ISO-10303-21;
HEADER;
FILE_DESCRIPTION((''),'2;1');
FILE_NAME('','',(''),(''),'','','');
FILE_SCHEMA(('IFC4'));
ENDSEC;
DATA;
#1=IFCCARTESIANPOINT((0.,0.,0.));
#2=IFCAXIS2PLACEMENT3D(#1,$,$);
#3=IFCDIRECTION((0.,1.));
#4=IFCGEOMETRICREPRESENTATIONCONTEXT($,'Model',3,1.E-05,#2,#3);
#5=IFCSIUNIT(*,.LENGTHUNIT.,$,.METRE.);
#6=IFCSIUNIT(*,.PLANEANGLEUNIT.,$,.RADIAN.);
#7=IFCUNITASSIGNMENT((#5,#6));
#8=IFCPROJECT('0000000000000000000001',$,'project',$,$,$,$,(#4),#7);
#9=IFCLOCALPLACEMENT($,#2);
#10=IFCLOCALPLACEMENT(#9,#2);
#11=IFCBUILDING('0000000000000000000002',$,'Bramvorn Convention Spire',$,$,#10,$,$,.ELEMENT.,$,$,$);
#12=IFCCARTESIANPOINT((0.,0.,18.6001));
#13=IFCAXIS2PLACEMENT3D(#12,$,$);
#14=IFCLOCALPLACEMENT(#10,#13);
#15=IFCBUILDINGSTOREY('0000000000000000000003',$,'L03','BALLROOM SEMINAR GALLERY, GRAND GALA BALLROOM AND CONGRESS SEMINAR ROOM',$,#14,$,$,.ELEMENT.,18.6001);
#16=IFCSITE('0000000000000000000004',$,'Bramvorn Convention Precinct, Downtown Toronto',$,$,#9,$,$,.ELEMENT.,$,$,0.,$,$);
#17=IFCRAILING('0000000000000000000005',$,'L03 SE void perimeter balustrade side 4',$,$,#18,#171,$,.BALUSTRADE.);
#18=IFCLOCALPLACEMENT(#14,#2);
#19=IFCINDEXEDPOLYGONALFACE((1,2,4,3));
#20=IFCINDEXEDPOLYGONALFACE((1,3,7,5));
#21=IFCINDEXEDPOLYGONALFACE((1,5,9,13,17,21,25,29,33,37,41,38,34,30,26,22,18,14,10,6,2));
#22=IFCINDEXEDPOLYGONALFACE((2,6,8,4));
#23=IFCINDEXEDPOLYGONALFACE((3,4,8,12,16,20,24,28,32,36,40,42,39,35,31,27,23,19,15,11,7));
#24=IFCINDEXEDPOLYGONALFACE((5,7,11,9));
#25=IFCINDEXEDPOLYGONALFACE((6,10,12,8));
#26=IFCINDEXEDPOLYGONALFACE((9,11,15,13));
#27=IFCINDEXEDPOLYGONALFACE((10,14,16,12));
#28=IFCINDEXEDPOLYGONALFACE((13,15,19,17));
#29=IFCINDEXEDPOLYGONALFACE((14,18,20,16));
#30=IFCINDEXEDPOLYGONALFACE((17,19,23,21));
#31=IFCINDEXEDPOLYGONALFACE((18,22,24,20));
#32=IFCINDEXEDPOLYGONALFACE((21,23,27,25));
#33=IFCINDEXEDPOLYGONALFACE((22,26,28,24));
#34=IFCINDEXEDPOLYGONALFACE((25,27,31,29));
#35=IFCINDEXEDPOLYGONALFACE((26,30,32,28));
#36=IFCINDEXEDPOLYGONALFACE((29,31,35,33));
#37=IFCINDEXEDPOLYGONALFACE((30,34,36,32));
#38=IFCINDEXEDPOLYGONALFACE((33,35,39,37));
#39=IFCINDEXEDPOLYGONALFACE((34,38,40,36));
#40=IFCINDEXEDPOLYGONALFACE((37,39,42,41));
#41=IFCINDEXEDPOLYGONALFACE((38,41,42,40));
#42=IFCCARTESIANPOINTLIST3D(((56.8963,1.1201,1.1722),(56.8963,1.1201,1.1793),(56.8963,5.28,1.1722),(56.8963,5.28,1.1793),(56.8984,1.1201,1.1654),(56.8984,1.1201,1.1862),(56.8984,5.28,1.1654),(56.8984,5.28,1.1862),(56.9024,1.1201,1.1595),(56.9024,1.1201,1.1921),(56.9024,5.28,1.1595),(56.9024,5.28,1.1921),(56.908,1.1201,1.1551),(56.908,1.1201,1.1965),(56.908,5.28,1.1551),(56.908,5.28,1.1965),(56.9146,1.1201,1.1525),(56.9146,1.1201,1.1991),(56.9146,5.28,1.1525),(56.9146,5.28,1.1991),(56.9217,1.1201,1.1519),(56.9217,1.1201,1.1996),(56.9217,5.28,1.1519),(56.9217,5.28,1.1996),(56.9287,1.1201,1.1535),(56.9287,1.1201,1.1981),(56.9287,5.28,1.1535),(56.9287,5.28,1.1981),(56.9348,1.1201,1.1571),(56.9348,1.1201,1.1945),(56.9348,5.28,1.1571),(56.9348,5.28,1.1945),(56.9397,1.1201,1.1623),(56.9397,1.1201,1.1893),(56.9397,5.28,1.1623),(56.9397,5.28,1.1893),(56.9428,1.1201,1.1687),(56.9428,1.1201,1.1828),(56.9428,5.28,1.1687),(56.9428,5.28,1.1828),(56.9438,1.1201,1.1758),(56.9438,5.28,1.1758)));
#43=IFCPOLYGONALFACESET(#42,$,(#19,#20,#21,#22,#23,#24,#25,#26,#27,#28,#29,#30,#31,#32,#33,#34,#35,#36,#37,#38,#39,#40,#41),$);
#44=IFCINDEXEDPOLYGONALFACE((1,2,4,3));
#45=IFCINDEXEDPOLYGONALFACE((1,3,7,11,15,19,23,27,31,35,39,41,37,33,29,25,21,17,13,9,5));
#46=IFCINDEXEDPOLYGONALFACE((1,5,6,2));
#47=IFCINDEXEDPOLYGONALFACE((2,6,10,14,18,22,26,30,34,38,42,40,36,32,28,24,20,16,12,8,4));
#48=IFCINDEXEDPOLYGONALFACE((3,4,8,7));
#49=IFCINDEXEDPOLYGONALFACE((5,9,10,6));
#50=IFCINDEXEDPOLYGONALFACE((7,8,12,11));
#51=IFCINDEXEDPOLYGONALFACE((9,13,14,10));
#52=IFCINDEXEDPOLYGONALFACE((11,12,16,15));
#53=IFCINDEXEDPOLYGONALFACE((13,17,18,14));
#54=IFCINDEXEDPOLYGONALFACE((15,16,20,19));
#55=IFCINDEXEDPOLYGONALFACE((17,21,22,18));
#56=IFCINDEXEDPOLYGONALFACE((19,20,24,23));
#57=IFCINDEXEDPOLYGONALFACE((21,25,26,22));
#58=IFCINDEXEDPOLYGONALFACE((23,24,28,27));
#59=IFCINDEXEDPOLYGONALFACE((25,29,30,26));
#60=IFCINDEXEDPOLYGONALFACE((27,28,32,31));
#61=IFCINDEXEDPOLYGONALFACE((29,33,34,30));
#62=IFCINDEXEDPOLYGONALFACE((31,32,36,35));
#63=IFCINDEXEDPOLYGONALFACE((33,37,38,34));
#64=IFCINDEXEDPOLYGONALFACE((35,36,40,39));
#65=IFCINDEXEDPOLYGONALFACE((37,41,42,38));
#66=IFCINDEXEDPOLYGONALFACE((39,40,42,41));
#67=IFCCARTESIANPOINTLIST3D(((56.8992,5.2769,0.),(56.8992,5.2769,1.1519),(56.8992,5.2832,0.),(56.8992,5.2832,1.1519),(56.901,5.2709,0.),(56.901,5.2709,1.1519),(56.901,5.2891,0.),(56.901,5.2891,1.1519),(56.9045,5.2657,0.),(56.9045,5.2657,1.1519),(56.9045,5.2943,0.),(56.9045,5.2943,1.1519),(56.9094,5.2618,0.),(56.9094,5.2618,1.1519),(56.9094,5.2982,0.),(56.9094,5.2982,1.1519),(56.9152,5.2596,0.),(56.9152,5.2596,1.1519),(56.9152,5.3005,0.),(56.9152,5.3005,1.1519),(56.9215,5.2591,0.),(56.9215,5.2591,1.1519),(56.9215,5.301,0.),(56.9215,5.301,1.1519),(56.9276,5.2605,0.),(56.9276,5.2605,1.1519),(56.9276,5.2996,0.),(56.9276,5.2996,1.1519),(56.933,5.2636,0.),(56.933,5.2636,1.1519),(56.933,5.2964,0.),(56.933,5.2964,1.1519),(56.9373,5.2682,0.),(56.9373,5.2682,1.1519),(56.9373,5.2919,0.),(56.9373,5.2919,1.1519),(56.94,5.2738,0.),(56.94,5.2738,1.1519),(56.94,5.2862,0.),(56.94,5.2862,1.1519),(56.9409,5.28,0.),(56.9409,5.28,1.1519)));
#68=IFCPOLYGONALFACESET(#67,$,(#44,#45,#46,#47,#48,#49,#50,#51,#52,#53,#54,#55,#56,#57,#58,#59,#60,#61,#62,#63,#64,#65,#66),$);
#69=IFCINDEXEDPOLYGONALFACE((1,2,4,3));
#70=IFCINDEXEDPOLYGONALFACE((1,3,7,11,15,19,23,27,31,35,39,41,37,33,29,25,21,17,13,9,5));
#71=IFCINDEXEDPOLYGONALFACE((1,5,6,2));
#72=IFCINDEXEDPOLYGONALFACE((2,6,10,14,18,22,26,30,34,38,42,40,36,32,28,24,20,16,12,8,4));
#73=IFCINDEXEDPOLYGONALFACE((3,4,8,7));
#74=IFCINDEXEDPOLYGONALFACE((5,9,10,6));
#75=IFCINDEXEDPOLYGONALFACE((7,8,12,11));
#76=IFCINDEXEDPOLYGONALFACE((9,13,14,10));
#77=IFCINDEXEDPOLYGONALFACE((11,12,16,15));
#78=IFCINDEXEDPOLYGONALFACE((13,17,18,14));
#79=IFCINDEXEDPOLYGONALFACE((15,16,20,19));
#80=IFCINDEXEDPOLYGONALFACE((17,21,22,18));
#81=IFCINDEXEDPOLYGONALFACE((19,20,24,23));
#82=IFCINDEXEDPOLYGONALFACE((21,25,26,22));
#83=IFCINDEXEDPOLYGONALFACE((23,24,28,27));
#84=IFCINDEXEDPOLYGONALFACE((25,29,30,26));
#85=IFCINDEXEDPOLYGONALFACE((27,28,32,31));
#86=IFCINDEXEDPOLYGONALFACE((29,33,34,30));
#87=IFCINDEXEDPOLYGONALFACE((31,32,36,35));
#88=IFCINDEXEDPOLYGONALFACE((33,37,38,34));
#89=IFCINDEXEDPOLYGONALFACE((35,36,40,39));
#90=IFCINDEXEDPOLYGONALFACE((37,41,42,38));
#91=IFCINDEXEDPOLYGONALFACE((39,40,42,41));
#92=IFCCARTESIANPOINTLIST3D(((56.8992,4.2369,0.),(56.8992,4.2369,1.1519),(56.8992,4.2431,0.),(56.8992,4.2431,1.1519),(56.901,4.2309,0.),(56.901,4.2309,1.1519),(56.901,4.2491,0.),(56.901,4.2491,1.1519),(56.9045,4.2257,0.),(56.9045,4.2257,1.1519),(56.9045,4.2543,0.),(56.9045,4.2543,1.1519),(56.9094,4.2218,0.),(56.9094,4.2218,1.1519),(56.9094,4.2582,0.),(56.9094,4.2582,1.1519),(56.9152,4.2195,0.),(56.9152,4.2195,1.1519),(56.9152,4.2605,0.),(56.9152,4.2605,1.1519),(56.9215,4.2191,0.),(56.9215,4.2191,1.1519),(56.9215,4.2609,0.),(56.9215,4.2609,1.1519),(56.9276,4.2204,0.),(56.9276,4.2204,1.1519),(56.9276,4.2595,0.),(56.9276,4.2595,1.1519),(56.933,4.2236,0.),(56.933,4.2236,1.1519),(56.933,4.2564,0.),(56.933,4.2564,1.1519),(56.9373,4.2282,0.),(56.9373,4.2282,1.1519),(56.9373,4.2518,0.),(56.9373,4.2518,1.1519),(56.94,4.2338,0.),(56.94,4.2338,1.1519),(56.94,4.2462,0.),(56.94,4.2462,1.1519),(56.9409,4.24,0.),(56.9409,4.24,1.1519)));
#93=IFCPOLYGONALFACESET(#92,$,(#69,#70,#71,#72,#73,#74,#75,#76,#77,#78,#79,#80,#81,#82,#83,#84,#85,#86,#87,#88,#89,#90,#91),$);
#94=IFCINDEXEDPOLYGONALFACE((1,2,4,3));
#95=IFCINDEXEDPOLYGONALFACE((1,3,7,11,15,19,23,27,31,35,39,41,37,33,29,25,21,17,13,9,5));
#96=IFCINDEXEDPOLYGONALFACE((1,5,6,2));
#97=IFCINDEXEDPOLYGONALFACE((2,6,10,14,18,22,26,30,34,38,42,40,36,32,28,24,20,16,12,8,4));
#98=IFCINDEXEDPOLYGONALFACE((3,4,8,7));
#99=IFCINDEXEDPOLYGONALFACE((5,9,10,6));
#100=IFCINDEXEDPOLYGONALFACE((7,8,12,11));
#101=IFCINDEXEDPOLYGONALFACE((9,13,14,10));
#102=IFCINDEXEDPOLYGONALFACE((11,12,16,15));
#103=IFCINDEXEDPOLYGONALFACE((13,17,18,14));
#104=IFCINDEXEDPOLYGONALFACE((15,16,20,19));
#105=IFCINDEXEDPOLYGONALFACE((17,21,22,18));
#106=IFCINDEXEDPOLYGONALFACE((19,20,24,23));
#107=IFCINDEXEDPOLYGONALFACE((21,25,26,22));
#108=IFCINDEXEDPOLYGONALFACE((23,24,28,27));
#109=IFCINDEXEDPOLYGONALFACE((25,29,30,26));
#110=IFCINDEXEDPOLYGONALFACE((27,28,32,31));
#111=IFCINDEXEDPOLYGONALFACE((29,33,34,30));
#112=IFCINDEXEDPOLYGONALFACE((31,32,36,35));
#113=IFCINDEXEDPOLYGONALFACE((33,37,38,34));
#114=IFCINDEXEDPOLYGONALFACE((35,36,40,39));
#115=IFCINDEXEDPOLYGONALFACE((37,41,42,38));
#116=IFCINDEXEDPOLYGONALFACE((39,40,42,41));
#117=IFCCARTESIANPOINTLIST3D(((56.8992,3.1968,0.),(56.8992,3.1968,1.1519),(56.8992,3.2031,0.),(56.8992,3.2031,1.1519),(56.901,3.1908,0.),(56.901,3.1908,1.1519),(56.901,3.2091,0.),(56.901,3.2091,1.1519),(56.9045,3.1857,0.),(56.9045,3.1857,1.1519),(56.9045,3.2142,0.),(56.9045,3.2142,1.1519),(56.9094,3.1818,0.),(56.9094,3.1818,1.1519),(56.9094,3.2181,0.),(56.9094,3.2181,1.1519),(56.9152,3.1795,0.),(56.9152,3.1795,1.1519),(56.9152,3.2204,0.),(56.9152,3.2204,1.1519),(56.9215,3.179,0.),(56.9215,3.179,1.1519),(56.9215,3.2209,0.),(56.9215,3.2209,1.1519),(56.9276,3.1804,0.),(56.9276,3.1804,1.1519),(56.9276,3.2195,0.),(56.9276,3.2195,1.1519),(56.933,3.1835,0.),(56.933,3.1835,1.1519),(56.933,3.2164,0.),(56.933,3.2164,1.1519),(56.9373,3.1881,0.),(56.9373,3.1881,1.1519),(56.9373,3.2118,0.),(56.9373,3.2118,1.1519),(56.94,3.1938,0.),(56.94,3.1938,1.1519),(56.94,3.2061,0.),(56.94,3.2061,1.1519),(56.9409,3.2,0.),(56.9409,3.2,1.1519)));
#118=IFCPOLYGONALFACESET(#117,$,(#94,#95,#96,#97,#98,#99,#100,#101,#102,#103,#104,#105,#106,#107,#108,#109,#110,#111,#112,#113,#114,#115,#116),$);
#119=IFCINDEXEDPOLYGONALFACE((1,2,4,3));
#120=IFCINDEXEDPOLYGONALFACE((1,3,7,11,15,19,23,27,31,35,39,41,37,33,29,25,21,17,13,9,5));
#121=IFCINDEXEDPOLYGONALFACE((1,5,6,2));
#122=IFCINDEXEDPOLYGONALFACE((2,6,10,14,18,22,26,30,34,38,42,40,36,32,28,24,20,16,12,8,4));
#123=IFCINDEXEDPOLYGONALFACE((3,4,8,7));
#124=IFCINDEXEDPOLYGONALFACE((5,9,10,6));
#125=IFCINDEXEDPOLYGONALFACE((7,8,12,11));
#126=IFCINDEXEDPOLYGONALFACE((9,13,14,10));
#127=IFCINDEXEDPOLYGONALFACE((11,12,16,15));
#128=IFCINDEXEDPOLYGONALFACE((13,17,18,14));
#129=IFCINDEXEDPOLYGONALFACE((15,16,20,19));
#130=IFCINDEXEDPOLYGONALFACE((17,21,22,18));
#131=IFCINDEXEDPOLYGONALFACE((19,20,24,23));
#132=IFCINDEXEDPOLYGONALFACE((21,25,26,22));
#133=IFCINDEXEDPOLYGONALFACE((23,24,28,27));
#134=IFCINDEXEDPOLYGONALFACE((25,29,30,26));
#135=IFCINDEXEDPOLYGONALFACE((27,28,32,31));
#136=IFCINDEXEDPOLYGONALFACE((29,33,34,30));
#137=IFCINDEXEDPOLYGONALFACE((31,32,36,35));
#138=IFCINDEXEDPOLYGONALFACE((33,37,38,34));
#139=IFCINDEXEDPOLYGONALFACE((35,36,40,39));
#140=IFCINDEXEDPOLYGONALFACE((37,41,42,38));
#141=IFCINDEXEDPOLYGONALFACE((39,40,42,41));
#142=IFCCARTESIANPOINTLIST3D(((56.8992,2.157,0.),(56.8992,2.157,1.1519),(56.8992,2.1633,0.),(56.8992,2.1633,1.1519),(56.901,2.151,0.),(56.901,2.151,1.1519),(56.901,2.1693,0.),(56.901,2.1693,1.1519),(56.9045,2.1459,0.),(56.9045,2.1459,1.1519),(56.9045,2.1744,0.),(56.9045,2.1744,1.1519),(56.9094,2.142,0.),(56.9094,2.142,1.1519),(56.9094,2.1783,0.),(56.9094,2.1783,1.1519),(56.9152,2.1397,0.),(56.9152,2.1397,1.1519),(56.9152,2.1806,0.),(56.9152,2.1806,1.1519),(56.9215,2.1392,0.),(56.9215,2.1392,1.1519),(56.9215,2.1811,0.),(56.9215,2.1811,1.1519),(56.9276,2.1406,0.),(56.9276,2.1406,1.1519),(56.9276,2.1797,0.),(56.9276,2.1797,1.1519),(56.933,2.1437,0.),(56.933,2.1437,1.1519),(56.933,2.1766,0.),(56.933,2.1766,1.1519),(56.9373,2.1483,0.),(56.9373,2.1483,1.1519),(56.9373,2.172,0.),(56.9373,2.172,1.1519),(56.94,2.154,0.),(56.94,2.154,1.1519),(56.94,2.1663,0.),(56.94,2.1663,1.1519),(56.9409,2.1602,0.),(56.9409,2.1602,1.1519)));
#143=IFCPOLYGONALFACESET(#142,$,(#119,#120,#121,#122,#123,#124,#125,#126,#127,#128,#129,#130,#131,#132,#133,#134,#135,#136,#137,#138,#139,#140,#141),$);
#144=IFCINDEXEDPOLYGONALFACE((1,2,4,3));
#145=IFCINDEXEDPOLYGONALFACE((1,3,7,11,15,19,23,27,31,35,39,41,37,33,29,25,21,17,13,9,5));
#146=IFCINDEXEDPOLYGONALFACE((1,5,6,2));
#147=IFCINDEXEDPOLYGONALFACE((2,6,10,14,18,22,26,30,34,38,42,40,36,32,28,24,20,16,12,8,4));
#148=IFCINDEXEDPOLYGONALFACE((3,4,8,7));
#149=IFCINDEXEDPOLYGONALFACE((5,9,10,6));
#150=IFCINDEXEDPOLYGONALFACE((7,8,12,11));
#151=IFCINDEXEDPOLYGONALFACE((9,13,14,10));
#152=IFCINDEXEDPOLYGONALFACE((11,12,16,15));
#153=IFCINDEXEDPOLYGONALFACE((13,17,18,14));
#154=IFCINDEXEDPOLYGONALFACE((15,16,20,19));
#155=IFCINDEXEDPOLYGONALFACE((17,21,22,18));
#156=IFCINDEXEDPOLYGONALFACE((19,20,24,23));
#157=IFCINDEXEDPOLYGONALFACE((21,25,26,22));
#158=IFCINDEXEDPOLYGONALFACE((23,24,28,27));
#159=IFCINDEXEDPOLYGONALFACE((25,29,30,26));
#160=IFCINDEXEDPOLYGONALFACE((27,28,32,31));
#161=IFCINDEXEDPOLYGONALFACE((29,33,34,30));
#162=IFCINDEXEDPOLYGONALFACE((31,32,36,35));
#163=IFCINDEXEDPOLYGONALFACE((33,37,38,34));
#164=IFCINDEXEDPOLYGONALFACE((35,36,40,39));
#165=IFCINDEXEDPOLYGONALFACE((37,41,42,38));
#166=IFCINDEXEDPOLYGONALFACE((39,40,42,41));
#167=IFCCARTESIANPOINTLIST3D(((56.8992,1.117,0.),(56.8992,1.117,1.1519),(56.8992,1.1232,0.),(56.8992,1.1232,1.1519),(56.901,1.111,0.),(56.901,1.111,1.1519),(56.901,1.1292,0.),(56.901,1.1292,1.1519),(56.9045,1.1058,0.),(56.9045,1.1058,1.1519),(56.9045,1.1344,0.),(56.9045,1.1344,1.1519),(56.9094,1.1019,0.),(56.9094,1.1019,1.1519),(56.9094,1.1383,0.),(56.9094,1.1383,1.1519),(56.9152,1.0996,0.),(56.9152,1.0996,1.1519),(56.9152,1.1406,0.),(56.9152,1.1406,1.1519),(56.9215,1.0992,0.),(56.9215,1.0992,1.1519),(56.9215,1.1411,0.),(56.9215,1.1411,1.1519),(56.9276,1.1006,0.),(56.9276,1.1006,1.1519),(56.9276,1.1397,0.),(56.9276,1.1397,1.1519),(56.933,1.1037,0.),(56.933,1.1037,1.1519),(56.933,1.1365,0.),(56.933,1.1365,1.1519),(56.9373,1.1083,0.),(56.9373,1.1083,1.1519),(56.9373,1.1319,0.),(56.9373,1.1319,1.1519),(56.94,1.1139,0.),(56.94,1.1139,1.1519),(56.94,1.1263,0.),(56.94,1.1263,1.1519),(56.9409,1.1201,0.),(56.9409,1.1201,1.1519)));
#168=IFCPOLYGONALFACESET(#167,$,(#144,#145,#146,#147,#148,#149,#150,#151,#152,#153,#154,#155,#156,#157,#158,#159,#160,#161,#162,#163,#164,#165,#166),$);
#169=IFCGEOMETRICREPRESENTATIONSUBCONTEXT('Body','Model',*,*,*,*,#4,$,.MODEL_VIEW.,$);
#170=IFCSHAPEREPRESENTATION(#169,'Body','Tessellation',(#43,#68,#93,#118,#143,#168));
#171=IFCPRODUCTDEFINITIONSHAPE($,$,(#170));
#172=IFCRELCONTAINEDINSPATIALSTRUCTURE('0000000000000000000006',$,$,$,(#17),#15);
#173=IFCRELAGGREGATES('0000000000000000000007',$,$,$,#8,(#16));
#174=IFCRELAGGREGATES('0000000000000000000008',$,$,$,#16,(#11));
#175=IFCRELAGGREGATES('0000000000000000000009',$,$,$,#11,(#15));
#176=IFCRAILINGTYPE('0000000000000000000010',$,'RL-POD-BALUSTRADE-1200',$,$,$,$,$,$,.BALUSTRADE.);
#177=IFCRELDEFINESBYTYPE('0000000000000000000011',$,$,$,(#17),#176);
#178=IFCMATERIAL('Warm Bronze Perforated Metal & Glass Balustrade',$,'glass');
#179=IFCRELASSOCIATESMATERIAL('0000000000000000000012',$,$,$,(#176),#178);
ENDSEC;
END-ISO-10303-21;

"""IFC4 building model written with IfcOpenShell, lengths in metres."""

from ifc_helpers import new_model, si_unit, direction, frame, origin, origin_2d, place, context, subcontext, project, spatial, circle, extrude, material, type_object, element, save


model = new_model("IFC4")

# Units and contexts
model_context = context("Model", 3, precision=1e-05, world=origin(), true_north=direction((0.0, 1.0)))
body_context = subcontext(model_context, "Body", "Model", "MODEL_VIEW")
ifc_project = project(units=[si_unit("LENGTHUNIT", "METRE"), si_unit("PLANEANGLEUNIT", "RADIAN")], contexts=[model_context])

# Site, building, storey
site_placement = place(None, origin())
site = spatial("IfcSite", under=ifc_project, at=site_placement, Name="Bramvorn Convention Precinct, Downtown Toronto", CompositionType="ELEMENT", RefElevation=0.0)
building_placement = place(site_placement, origin())
building = spatial("IfcBuilding", under=site, at=building_placement, Name="Bramvorn Convention Spire", CompositionType="ELEMENT")
storey_placement = place(building_placement, frame((0.0, 0.0, 18.6001)))
storey = spatial("IfcBuildingStorey", under=building, at=storey_placement, Name="L03", Description="BALLROOM SEMINAR GALLERY, GRAND GALA BALLROOM AND CONGRESS SEMINAR ROOM", CompositionType="ELEMENT", Elevation=18.6001)

# Railing
ifc_material_1 = material(Name="Warm Bronze Perforated Metal & Glass Balustrade", Category="glass")
railing_type = type_object("IfcRailingType", Name="RL-POD-BALUSTRADE-1200", PredefinedType="BALUSTRADE", material=ifc_material_1)
railing_1_placement = place(storey_placement, frame((56.9199, 5.28, 0.0)))
element("IfcRailing", 1, at=railing_1_placement, inside=storey, type_object=railing_type, Name="L03 SE void perimeter balustrade side 4", PredefinedType="BALUSTRADE", context=body_context, shape_type="SweptSolid", body=[
    extrude(circle(Radius=0.0239, at=origin_2d()), frame((0.0, 0.0, 1.1758), z_axis=(0.0, -1.0, 0.0), x_axis=(1.0, 0.0, 0.0)), (0.0, 0.0, 1.0), 4.1599),
    extrude(circle(Radius=0.021, at=origin_2d()), origin(), (0.0, 0.0, 1.0), 1.1519),
    extrude(circle(Radius=0.021, at=origin_2d()), frame((0.0, -1.04, 0.0)), (0.0, 0.0, 1.0), 1.1519),
    extrude(circle(Radius=0.021, at=origin_2d()), frame((0.0, -2.0801, 0.0)), (0.0, 0.0, 1.0), 1.1519),
    extrude(circle(Radius=0.021, at=origin_2d()), frame((0.0, -3.1199, 0.0)), (0.0, 0.0, 1.0), 1.1519),
    extrude(circle(Radius=0.021, at=origin_2d()), frame((0.0, -4.1599, 0.0)), (0.0, 0.0, 1.0), 1.1519),
])

save(model, "model.ifc")
